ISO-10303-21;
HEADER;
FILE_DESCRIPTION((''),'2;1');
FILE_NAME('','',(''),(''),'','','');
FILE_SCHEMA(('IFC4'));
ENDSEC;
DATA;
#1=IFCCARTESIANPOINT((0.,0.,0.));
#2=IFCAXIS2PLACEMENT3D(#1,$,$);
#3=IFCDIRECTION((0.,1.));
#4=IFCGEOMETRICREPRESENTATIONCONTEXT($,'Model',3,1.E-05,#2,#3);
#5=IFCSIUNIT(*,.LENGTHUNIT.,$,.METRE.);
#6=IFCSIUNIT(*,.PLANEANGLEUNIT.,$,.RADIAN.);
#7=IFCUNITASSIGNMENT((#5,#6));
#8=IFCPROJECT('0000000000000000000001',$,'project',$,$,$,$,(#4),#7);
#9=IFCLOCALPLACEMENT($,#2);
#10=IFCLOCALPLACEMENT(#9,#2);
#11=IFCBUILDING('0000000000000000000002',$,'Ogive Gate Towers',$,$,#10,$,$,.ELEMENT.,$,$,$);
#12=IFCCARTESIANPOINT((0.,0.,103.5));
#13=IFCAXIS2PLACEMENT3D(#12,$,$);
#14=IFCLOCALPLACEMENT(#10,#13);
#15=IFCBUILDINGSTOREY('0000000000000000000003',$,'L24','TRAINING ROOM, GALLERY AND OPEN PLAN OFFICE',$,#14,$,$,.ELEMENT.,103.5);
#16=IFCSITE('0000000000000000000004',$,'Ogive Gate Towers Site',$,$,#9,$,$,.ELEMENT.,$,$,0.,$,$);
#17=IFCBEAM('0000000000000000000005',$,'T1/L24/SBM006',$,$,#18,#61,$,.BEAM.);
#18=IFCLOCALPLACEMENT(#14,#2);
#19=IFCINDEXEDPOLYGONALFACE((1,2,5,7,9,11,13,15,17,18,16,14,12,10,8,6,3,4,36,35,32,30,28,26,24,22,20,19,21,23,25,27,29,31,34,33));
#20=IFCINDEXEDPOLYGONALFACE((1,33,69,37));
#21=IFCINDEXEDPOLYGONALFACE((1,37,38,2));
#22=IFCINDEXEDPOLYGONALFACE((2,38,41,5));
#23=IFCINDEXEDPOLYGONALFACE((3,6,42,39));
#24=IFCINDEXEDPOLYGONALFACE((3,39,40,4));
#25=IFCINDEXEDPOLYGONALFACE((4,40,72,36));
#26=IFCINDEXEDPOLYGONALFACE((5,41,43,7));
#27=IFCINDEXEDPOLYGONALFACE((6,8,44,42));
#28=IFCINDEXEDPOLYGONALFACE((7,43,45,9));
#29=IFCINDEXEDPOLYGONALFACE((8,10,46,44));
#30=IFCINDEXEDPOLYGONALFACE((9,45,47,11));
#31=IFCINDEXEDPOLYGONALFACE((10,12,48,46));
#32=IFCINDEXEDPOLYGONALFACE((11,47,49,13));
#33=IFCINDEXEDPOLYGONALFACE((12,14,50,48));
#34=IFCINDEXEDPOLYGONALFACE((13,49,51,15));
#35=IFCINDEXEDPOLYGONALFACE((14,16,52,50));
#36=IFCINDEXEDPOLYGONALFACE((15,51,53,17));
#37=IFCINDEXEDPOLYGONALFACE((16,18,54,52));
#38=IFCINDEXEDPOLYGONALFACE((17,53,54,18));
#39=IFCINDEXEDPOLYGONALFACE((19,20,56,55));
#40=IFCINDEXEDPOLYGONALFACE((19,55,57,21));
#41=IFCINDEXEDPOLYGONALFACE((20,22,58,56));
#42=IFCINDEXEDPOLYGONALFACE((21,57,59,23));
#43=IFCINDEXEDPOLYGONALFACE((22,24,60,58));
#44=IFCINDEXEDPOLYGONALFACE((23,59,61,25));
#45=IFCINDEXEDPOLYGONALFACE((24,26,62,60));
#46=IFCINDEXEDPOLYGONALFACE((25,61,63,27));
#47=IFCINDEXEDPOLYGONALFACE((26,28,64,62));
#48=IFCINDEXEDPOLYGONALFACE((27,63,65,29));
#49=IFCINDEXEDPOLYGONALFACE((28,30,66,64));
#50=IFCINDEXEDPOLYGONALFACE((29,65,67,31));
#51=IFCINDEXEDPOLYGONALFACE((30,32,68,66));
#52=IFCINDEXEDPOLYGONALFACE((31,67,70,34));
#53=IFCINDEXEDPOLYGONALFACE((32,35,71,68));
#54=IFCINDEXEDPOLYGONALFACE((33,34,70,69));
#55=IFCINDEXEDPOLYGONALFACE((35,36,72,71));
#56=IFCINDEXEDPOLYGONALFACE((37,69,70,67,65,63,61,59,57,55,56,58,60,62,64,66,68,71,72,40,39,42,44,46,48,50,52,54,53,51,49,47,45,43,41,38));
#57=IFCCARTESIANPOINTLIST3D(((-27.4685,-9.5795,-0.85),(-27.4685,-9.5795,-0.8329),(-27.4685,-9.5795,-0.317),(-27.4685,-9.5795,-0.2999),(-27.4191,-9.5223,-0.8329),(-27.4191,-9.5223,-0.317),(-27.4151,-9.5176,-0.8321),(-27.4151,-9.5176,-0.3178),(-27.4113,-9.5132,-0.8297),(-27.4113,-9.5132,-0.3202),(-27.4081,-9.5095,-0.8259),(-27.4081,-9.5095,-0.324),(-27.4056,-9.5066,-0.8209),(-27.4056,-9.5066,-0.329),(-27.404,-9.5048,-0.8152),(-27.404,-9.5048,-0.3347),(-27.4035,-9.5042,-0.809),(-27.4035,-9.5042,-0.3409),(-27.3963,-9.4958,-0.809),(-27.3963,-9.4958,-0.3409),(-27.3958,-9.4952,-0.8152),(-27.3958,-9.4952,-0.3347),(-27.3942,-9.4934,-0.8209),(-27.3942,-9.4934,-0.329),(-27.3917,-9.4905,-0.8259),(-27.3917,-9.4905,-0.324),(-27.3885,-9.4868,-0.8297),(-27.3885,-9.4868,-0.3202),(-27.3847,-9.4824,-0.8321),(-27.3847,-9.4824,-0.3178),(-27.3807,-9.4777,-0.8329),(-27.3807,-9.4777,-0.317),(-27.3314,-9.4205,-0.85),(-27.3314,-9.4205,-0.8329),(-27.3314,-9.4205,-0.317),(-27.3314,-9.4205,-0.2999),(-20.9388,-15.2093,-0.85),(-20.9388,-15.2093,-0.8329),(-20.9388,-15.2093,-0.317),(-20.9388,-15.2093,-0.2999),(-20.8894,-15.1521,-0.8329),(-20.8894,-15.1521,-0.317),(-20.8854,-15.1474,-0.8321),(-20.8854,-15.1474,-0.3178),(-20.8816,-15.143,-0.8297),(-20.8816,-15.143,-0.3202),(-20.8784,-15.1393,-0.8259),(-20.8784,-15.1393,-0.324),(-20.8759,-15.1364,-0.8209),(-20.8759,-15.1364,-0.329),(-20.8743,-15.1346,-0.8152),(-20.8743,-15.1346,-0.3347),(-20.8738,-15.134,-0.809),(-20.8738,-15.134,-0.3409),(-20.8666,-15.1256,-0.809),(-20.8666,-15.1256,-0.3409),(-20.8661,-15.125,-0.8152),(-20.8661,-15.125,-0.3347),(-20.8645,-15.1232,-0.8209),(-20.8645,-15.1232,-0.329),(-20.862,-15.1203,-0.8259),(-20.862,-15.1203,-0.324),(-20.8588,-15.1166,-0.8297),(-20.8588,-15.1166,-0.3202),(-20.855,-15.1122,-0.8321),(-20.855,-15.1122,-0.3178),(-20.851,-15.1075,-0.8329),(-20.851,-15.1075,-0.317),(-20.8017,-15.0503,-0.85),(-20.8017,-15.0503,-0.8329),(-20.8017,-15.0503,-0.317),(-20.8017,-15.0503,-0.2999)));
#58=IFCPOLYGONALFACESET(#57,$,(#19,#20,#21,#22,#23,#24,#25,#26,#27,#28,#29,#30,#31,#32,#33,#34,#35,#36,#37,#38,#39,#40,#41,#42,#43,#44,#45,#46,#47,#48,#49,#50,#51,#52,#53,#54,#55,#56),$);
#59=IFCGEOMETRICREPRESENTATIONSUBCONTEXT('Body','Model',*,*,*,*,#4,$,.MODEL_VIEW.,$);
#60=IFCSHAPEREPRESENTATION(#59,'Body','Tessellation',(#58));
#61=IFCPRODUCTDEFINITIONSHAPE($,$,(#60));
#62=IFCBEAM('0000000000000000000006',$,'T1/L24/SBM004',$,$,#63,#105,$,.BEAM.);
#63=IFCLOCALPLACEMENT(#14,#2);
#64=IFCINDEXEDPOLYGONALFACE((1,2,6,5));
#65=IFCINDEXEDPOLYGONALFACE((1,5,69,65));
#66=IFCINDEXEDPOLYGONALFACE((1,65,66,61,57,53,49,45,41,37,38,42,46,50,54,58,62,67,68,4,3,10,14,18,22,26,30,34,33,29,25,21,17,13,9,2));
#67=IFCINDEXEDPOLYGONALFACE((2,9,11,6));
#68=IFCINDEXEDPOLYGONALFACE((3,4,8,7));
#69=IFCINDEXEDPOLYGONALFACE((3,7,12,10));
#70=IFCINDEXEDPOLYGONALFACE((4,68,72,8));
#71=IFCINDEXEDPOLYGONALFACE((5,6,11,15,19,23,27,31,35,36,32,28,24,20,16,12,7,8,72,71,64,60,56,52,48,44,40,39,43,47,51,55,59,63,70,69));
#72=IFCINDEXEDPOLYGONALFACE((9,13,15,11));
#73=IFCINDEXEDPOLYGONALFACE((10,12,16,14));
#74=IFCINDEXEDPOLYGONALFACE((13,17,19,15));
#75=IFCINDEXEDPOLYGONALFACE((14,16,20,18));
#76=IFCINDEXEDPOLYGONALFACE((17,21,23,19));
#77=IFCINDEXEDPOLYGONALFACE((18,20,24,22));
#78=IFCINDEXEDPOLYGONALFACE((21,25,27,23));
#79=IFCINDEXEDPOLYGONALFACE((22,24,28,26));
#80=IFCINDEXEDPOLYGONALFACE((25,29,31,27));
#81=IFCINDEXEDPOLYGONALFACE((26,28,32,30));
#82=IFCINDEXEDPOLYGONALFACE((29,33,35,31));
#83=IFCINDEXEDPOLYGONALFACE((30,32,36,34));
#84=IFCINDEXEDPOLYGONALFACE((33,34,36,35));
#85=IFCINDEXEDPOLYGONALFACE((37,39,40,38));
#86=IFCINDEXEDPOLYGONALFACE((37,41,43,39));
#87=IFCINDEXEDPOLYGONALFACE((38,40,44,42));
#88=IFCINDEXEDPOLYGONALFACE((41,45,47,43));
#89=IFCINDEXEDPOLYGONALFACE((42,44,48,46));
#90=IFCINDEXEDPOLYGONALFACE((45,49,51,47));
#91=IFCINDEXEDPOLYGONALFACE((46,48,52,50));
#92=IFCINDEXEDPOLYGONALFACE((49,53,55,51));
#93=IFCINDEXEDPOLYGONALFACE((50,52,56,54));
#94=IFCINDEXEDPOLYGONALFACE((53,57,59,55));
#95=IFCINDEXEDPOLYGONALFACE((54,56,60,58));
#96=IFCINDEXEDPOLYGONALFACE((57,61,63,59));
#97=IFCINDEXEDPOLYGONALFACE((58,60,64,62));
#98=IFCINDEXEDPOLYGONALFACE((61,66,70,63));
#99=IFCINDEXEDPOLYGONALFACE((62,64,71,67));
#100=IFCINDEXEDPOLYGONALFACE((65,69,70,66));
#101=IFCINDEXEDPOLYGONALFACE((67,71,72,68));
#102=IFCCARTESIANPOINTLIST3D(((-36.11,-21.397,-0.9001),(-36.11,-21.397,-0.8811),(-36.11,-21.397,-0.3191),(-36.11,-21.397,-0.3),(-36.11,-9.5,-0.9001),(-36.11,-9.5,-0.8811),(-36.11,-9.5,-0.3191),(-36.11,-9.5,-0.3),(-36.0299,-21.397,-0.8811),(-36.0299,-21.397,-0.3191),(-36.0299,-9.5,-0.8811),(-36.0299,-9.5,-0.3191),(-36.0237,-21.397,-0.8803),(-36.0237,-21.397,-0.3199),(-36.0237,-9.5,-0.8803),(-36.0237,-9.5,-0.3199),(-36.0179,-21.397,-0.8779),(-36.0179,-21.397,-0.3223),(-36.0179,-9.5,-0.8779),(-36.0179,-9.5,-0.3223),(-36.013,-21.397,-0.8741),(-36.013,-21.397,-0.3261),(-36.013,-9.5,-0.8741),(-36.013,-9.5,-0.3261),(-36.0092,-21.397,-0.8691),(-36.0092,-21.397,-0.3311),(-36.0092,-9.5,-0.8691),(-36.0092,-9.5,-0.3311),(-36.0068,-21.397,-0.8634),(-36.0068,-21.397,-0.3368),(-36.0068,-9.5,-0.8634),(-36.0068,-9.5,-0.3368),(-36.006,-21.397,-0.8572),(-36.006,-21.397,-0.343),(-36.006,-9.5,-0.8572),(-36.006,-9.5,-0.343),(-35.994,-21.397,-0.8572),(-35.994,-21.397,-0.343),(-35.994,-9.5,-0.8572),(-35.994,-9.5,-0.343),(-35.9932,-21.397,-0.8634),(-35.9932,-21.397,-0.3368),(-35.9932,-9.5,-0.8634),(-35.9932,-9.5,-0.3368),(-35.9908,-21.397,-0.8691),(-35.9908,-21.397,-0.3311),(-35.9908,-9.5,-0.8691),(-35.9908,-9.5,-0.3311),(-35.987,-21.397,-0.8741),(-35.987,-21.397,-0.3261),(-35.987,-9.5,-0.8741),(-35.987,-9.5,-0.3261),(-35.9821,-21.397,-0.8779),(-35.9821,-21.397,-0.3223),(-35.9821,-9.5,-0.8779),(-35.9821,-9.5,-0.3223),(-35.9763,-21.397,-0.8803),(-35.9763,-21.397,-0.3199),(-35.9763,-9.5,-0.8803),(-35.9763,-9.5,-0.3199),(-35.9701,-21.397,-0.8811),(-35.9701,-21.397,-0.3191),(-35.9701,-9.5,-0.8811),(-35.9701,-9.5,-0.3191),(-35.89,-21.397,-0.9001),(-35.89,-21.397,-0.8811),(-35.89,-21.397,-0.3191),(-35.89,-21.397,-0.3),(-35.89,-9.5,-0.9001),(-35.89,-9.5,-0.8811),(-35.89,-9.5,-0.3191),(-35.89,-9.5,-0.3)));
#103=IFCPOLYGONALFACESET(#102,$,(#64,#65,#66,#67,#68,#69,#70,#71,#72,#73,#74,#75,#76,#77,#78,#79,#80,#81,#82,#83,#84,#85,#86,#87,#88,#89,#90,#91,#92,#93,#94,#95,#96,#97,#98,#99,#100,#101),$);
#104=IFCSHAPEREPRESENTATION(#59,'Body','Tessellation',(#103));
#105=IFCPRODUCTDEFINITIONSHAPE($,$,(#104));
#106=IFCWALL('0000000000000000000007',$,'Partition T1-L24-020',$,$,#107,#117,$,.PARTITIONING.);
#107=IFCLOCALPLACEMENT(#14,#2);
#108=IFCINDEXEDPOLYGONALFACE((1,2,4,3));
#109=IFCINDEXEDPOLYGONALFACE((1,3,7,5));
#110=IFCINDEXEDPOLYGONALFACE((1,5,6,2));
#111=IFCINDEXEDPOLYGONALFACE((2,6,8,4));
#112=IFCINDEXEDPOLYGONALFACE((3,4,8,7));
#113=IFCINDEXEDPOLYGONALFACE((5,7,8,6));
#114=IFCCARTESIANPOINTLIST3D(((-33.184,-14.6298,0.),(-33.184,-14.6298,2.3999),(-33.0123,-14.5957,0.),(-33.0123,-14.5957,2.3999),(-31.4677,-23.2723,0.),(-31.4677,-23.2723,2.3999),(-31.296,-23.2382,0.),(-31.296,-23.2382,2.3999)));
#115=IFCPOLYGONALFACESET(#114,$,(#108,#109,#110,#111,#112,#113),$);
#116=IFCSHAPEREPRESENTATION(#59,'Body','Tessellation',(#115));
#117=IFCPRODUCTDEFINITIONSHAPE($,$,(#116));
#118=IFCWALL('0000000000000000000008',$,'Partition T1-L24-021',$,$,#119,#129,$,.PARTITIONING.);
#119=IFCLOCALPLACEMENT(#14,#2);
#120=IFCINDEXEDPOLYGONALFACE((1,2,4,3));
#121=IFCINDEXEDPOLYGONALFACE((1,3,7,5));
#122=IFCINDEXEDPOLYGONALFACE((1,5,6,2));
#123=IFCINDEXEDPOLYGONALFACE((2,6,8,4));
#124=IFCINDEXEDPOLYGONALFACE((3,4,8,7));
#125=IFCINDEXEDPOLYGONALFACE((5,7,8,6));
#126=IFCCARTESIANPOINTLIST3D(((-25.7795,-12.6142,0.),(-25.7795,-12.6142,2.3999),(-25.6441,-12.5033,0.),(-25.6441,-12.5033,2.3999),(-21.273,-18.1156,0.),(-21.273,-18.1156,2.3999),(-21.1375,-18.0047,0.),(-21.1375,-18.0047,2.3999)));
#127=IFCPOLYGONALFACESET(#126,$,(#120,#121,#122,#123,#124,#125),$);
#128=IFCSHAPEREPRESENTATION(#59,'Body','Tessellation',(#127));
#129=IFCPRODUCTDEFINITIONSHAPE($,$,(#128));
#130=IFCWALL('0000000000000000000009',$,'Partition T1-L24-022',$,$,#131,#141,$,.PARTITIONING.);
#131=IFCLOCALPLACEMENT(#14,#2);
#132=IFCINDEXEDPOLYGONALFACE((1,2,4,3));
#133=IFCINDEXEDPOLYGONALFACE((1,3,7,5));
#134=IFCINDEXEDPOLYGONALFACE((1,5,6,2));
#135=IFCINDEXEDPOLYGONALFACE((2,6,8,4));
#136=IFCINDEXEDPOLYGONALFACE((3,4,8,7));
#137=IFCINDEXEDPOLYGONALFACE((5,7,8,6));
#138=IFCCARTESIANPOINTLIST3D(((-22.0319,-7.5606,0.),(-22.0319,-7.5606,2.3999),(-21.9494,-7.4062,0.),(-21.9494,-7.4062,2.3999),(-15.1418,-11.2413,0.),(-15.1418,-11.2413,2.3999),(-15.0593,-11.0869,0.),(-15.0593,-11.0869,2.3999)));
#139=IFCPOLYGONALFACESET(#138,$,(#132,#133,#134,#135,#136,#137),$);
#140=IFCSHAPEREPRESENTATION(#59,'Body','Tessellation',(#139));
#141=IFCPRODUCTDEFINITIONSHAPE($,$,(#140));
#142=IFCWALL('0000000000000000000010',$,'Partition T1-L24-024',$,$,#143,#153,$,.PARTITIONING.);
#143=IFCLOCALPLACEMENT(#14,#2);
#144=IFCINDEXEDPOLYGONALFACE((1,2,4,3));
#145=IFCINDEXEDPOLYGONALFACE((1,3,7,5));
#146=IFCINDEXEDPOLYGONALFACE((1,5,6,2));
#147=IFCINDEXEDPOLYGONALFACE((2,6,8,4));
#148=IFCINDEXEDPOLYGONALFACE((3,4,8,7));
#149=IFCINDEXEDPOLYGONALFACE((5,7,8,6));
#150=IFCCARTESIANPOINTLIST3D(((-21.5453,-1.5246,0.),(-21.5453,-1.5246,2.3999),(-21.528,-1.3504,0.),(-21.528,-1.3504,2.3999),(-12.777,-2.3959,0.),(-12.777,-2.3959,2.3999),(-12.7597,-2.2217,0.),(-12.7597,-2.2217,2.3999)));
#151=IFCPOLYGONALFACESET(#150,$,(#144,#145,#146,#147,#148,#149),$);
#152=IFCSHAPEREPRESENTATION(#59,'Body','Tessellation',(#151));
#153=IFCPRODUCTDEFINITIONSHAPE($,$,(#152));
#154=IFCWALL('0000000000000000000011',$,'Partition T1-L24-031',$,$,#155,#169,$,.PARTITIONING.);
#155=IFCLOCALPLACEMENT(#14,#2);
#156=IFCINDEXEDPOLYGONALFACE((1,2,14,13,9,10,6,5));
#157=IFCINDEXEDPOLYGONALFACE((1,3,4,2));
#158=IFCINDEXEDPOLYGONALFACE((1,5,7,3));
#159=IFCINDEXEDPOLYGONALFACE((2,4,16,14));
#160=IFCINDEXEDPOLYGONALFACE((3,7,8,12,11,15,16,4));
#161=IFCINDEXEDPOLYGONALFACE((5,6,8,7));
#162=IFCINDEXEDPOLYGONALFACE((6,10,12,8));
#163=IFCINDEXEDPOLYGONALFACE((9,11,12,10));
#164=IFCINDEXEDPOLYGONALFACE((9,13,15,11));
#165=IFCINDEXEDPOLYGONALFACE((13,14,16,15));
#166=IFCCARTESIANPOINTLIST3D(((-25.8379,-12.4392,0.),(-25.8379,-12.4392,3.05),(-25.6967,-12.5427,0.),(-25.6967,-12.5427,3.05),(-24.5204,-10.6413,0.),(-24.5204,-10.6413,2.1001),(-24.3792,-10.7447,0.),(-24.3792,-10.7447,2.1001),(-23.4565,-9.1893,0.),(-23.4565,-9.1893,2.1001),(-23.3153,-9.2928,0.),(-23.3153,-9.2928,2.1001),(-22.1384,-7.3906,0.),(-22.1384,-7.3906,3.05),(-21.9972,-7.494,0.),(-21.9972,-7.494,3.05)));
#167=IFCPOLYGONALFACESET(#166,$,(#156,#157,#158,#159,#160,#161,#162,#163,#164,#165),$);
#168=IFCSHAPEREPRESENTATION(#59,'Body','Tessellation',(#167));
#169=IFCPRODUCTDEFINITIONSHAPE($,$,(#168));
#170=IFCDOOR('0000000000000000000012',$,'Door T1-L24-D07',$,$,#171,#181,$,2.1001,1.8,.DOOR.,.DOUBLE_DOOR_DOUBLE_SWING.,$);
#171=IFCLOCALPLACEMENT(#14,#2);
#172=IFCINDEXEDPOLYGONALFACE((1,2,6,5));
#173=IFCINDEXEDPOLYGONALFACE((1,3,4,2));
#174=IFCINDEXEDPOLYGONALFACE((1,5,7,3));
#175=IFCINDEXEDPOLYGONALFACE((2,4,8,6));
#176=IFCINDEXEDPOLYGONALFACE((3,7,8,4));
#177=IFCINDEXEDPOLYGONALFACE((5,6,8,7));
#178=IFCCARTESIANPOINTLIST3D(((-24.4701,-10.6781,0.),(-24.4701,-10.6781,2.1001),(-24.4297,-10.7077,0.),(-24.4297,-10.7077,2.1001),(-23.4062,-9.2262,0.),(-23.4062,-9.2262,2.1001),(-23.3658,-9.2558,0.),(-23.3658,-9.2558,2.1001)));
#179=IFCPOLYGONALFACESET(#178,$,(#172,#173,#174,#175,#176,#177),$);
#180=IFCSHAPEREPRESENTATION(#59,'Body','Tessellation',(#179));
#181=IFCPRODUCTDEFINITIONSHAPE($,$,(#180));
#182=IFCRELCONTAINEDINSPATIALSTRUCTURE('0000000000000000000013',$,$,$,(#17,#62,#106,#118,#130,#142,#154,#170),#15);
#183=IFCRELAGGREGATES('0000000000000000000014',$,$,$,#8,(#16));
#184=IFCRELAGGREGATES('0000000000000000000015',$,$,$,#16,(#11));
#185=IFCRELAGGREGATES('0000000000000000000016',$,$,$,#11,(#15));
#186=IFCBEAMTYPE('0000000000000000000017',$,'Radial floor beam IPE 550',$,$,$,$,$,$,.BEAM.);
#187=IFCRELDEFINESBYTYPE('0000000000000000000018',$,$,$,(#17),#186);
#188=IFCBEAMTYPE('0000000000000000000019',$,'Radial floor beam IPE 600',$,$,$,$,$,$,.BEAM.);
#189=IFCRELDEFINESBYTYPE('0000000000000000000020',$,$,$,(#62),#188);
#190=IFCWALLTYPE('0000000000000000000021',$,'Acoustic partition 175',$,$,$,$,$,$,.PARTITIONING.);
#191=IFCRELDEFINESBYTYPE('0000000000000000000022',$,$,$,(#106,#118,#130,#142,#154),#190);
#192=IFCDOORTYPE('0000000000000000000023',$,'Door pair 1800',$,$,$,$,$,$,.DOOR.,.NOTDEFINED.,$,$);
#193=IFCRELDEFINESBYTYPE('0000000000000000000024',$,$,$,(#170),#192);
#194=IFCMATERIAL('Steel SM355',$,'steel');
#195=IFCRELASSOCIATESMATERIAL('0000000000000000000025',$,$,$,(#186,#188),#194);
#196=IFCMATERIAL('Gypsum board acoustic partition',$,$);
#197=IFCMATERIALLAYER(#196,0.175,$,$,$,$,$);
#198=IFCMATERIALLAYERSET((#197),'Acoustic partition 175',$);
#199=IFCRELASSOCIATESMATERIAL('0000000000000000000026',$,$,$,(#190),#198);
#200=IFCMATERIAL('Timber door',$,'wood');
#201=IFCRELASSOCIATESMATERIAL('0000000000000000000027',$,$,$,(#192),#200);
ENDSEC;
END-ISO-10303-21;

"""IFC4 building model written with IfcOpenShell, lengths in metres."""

from ifc_helpers import new_model, si_unit, direction, frame, frame_2d, origin, origin_2d, place, context, subcontext, project, spatial, rectangle, i_section, extrude, material, layer, layer_set, material_profile, profile_set, type_object, element, fill, save


model = new_model("IFC4")

# Units and contexts
model_context = context("Model", 3, precision=1e-05, world=origin(), true_north=direction((0.0, 1.0)))
body_context = subcontext(model_context, "Body", "Model", "MODEL_VIEW")
ifc_project = project(units=[si_unit("LENGTHUNIT", "METRE"), si_unit("PLANEANGLEUNIT", "RADIAN")], contexts=[model_context])

# Site, building, storey
site_placement = place(None, origin())
site = spatial("IfcSite", under=ifc_project, at=site_placement, Name="Ogive Gate Towers Site", CompositionType="ELEMENT", RefElevation=0.0)
building_placement = place(site_placement, origin())
building = spatial("IfcBuilding", under=site, at=building_placement, Name="Ogive Gate Towers", CompositionType="ELEMENT")
storey_placement = place(building_placement, frame((0.0, 0.0, 103.5)))
storey = spatial("IfcBuildingStorey", under=building, at=storey_placement, Name="L24", Description="TRAINING ROOM, GALLERY AND OPEN PLAN OFFICE", CompositionType="ELEMENT", Elevation=103.5)

# Beams
ifc_material_1 = material(Name="Steel SM355", Category="steel")
ifc_material_profile_1 = material_profile(ifc_material_1, i_section(OverallWidth=0.21, OverallDepth=0.55, WebThickness=0.011, FlangeThickness=0.0171, FilletRadius=0.0239, at=origin_2d()), Name="IPE 550")
ifc_profile_set_1 = profile_set([ifc_material_profile_1], Name="Steel SM355")
beam_type_1 = type_object("IfcBeamType", Name="Radial floor beam IPE 550", PredefinedType="BEAM", material=ifc_profile_set_1)
beam_1_placement = place(storey_placement, frame((-27.3999, -9.5, -0.575), z_axis=(0.757366, -0.65299, 0.0), x_axis=(0.65299, 0.757366, 0.0)))
element("IfcBeam", 1, at=beam_1_placement, inside=storey, type_object=beam_type_1, Name="T1/L24/SBM006", PredefinedType="BEAM", context=body_context, shape_type="SweptSolid", body=[
    extrude(i_section(OverallWidth=0.21, OverallDepth=0.55, WebThickness=0.011, FlangeThickness=0.0171, FilletRadius=0.0239, at=origin_2d()), origin(), (0.0, 0.0, 1.0), 8.6216),
])
ifc_material_profile_2 = material_profile(ifc_material_1, i_section(OverallWidth=0.22, OverallDepth=0.6001, WebThickness=0.012, FlangeThickness=0.019, FilletRadius=0.0239, at=origin_2d()), Name="IPE 600")
ifc_profile_set_2 = profile_set([ifc_material_profile_2], Name="Steel SM355")
beam_type_2 = type_object("IfcBeamType", Name="Radial floor beam IPE 600", PredefinedType="BEAM", material=ifc_profile_set_2)
beam_2_placement = place(storey_placement, frame((-36.0, -9.5, -0.6001), z_axis=(0.0, -1.0, 0.0), x_axis=(1.0, 0.0, 0.0)))
element("IfcBeam", 2, at=beam_2_placement, inside=storey, type_object=beam_type_2, Name="T1/L24/SBM004", PredefinedType="BEAM", context=body_context, shape_type="SweptSolid", body=[
    extrude(i_section(OverallWidth=0.22, OverallDepth=0.6001, WebThickness=0.012, FlangeThickness=0.019, FilletRadius=0.0239, at=origin_2d()), origin(), (0.0, 0.0, 1.0), 11.897),
])

# Walls
ifc_material_2 = material(Name="Gypsum board acoustic partition")
ifc_layer_1 = layer(ifc_material_2, 0.175)
ifc_layer_set_1 = layer_set([ifc_layer_1], Name="Acoustic partition 175")
wall_type_1 = type_object("IfcWallType", Name="Acoustic partition 175", PredefinedType="PARTITIONING", material=ifc_layer_set_1)
wall_1_placement = place(storey_placement, frame((-31.3818, -23.2554, 0.0), z_axis=(0.0, 0.0, 1.0), x_axis=(-0.194784, 0.980846, 0.0)))
element("IfcWall", 3, at=wall_1_placement, inside=storey, type_object=wall_type_1, Name="Partition T1-L24-020", PredefinedType="PARTITIONING", context=body_context, shape_type="SweptSolid", body=[
    extrude(rectangle(XDim=8.8113, YDim=0.175, at=frame_2d((4.4058, 0.0))), origin(), (0.0, 0.0, 1.0), 2.3999),
])
wall_2_placement = place(storey_placement, frame((-21.2053, -18.0601, 0.0), z_axis=(0.0, 0.0, 1.0), x_axis=(-0.633692, 0.773585, 0.0)))
element("IfcWall", 4, at=wall_2_placement, inside=storey, type_object=wall_type_1, Name="Partition T1-L24-021", PredefinedType="PARTITIONING", context=body_context, shape_type="SweptSolid", body=[
    extrude(rectangle(XDim=7.1116, YDim=0.175, at=frame_2d((3.5557, 0.0))), origin(), (0.0, 0.0, 1.0), 2.3999),
])
wall_3_placement = place(storey_placement, frame((-15.1006, -11.1641, 0.0), z_axis=(0.0, 0.0, 1.0), x_axis=(-0.882038, 0.471179, 0.0)))
element("IfcWall", 5, at=wall_3_placement, inside=storey, type_object=wall_type_1, Name="Partition T1-L24-022", PredefinedType="PARTITIONING", context=body_context, shape_type="SweptSolid", body=[
    extrude(rectangle(XDim=7.8115, YDim=0.175, at=frame_2d((3.9058, 0.0))), origin(), (0.0, 0.0, 1.0), 2.3999),
])
wall_4_placement = place(storey_placement, frame((-12.7683, -2.3088, 0.0), z_axis=(0.0, 0.0, 1.0), x_axis=(-0.995099, 0.098886, 0.0)))
element("IfcWall", 6, at=wall_4_placement, inside=storey, type_object=wall_type_1, Name="Partition T1-L24-024", PredefinedType="PARTITIONING", context=body_context, shape_type="SweptSolid", body=[
    extrude(rectangle(XDim=8.8115, YDim=0.175, at=frame_2d((4.4058, 0.0))), origin(), (0.0, 0.0, 1.0), 2.3999),
])

# Wall, opening, door
wall_5_placement = place(storey_placement, frame((-22.0679, -7.4424, 0.0), z_axis=(0.0, 0.0, 1.0), x_axis=(-0.591069, -0.806621, 0.0)))
wall_5 = element("IfcWall", 7, at=wall_5_placement, inside=storey, type_object=wall_type_1, Name="Partition T1-L24-031", PredefinedType="PARTITIONING", context=body_context, shape_type="SweptSolid", body=[
    extrude(rectangle(XDim=6.259, YDim=0.175, at=frame_2d((3.1294, 0.0))), origin(), (0.0, 0.0, 1.0), 3.05),
])
opening_1_placement = place(wall_5_placement, frame((2.23, 0.0, 0.0)))
opening_1 = element("IfcOpeningElement", 8, at=opening_1_placement, cuts=wall_5, PredefinedType="OPENING", context=body_context, shape_type="SweptSolid", body=[
    extrude(rectangle(XDim=1.8, YDim=2.1001, at=frame_2d((0.8999, 1.05))), frame((0.0, 0.0977, 0.0), z_axis=(0.0, -1.0, 0.0), x_axis=(1.0, 0.0, 0.0)), (0.0, 0.0, 1.0), 0.1951),
])
ifc_material_3 = material(Name="Timber door", Category="wood")
door_type_1 = type_object("IfcDoorType", Name="Door pair 1800", OperationType="NOTDEFINED", PredefinedType="DOOR", material=ifc_material_3)
door_1_placement = place(opening_1_placement, origin())
door_1 = element("IfcDoor", 9, at=door_1_placement, inside=storey, type_object=door_type_1, Name="Door T1-L24-D07", OperationType="DOUBLE_DOOR_DOUBLE_SWING", OverallHeight=2.1001, OverallWidth=1.8, PredefinedType="DOOR", context=body_context, shape_type="SweptSolid", body=[
    extrude(rectangle(XDim=1.8, YDim=2.1001, at=frame_2d((0.8999, 1.05))), frame((0.0, 0.0249, 0.0), z_axis=(0.0, -1.0, 0.0), x_axis=(1.0, 0.0, 0.0)), (0.0, 0.0, 1.0), 0.05),
])
fill(opening_1, door_1)

save(model, "model.ifc")
